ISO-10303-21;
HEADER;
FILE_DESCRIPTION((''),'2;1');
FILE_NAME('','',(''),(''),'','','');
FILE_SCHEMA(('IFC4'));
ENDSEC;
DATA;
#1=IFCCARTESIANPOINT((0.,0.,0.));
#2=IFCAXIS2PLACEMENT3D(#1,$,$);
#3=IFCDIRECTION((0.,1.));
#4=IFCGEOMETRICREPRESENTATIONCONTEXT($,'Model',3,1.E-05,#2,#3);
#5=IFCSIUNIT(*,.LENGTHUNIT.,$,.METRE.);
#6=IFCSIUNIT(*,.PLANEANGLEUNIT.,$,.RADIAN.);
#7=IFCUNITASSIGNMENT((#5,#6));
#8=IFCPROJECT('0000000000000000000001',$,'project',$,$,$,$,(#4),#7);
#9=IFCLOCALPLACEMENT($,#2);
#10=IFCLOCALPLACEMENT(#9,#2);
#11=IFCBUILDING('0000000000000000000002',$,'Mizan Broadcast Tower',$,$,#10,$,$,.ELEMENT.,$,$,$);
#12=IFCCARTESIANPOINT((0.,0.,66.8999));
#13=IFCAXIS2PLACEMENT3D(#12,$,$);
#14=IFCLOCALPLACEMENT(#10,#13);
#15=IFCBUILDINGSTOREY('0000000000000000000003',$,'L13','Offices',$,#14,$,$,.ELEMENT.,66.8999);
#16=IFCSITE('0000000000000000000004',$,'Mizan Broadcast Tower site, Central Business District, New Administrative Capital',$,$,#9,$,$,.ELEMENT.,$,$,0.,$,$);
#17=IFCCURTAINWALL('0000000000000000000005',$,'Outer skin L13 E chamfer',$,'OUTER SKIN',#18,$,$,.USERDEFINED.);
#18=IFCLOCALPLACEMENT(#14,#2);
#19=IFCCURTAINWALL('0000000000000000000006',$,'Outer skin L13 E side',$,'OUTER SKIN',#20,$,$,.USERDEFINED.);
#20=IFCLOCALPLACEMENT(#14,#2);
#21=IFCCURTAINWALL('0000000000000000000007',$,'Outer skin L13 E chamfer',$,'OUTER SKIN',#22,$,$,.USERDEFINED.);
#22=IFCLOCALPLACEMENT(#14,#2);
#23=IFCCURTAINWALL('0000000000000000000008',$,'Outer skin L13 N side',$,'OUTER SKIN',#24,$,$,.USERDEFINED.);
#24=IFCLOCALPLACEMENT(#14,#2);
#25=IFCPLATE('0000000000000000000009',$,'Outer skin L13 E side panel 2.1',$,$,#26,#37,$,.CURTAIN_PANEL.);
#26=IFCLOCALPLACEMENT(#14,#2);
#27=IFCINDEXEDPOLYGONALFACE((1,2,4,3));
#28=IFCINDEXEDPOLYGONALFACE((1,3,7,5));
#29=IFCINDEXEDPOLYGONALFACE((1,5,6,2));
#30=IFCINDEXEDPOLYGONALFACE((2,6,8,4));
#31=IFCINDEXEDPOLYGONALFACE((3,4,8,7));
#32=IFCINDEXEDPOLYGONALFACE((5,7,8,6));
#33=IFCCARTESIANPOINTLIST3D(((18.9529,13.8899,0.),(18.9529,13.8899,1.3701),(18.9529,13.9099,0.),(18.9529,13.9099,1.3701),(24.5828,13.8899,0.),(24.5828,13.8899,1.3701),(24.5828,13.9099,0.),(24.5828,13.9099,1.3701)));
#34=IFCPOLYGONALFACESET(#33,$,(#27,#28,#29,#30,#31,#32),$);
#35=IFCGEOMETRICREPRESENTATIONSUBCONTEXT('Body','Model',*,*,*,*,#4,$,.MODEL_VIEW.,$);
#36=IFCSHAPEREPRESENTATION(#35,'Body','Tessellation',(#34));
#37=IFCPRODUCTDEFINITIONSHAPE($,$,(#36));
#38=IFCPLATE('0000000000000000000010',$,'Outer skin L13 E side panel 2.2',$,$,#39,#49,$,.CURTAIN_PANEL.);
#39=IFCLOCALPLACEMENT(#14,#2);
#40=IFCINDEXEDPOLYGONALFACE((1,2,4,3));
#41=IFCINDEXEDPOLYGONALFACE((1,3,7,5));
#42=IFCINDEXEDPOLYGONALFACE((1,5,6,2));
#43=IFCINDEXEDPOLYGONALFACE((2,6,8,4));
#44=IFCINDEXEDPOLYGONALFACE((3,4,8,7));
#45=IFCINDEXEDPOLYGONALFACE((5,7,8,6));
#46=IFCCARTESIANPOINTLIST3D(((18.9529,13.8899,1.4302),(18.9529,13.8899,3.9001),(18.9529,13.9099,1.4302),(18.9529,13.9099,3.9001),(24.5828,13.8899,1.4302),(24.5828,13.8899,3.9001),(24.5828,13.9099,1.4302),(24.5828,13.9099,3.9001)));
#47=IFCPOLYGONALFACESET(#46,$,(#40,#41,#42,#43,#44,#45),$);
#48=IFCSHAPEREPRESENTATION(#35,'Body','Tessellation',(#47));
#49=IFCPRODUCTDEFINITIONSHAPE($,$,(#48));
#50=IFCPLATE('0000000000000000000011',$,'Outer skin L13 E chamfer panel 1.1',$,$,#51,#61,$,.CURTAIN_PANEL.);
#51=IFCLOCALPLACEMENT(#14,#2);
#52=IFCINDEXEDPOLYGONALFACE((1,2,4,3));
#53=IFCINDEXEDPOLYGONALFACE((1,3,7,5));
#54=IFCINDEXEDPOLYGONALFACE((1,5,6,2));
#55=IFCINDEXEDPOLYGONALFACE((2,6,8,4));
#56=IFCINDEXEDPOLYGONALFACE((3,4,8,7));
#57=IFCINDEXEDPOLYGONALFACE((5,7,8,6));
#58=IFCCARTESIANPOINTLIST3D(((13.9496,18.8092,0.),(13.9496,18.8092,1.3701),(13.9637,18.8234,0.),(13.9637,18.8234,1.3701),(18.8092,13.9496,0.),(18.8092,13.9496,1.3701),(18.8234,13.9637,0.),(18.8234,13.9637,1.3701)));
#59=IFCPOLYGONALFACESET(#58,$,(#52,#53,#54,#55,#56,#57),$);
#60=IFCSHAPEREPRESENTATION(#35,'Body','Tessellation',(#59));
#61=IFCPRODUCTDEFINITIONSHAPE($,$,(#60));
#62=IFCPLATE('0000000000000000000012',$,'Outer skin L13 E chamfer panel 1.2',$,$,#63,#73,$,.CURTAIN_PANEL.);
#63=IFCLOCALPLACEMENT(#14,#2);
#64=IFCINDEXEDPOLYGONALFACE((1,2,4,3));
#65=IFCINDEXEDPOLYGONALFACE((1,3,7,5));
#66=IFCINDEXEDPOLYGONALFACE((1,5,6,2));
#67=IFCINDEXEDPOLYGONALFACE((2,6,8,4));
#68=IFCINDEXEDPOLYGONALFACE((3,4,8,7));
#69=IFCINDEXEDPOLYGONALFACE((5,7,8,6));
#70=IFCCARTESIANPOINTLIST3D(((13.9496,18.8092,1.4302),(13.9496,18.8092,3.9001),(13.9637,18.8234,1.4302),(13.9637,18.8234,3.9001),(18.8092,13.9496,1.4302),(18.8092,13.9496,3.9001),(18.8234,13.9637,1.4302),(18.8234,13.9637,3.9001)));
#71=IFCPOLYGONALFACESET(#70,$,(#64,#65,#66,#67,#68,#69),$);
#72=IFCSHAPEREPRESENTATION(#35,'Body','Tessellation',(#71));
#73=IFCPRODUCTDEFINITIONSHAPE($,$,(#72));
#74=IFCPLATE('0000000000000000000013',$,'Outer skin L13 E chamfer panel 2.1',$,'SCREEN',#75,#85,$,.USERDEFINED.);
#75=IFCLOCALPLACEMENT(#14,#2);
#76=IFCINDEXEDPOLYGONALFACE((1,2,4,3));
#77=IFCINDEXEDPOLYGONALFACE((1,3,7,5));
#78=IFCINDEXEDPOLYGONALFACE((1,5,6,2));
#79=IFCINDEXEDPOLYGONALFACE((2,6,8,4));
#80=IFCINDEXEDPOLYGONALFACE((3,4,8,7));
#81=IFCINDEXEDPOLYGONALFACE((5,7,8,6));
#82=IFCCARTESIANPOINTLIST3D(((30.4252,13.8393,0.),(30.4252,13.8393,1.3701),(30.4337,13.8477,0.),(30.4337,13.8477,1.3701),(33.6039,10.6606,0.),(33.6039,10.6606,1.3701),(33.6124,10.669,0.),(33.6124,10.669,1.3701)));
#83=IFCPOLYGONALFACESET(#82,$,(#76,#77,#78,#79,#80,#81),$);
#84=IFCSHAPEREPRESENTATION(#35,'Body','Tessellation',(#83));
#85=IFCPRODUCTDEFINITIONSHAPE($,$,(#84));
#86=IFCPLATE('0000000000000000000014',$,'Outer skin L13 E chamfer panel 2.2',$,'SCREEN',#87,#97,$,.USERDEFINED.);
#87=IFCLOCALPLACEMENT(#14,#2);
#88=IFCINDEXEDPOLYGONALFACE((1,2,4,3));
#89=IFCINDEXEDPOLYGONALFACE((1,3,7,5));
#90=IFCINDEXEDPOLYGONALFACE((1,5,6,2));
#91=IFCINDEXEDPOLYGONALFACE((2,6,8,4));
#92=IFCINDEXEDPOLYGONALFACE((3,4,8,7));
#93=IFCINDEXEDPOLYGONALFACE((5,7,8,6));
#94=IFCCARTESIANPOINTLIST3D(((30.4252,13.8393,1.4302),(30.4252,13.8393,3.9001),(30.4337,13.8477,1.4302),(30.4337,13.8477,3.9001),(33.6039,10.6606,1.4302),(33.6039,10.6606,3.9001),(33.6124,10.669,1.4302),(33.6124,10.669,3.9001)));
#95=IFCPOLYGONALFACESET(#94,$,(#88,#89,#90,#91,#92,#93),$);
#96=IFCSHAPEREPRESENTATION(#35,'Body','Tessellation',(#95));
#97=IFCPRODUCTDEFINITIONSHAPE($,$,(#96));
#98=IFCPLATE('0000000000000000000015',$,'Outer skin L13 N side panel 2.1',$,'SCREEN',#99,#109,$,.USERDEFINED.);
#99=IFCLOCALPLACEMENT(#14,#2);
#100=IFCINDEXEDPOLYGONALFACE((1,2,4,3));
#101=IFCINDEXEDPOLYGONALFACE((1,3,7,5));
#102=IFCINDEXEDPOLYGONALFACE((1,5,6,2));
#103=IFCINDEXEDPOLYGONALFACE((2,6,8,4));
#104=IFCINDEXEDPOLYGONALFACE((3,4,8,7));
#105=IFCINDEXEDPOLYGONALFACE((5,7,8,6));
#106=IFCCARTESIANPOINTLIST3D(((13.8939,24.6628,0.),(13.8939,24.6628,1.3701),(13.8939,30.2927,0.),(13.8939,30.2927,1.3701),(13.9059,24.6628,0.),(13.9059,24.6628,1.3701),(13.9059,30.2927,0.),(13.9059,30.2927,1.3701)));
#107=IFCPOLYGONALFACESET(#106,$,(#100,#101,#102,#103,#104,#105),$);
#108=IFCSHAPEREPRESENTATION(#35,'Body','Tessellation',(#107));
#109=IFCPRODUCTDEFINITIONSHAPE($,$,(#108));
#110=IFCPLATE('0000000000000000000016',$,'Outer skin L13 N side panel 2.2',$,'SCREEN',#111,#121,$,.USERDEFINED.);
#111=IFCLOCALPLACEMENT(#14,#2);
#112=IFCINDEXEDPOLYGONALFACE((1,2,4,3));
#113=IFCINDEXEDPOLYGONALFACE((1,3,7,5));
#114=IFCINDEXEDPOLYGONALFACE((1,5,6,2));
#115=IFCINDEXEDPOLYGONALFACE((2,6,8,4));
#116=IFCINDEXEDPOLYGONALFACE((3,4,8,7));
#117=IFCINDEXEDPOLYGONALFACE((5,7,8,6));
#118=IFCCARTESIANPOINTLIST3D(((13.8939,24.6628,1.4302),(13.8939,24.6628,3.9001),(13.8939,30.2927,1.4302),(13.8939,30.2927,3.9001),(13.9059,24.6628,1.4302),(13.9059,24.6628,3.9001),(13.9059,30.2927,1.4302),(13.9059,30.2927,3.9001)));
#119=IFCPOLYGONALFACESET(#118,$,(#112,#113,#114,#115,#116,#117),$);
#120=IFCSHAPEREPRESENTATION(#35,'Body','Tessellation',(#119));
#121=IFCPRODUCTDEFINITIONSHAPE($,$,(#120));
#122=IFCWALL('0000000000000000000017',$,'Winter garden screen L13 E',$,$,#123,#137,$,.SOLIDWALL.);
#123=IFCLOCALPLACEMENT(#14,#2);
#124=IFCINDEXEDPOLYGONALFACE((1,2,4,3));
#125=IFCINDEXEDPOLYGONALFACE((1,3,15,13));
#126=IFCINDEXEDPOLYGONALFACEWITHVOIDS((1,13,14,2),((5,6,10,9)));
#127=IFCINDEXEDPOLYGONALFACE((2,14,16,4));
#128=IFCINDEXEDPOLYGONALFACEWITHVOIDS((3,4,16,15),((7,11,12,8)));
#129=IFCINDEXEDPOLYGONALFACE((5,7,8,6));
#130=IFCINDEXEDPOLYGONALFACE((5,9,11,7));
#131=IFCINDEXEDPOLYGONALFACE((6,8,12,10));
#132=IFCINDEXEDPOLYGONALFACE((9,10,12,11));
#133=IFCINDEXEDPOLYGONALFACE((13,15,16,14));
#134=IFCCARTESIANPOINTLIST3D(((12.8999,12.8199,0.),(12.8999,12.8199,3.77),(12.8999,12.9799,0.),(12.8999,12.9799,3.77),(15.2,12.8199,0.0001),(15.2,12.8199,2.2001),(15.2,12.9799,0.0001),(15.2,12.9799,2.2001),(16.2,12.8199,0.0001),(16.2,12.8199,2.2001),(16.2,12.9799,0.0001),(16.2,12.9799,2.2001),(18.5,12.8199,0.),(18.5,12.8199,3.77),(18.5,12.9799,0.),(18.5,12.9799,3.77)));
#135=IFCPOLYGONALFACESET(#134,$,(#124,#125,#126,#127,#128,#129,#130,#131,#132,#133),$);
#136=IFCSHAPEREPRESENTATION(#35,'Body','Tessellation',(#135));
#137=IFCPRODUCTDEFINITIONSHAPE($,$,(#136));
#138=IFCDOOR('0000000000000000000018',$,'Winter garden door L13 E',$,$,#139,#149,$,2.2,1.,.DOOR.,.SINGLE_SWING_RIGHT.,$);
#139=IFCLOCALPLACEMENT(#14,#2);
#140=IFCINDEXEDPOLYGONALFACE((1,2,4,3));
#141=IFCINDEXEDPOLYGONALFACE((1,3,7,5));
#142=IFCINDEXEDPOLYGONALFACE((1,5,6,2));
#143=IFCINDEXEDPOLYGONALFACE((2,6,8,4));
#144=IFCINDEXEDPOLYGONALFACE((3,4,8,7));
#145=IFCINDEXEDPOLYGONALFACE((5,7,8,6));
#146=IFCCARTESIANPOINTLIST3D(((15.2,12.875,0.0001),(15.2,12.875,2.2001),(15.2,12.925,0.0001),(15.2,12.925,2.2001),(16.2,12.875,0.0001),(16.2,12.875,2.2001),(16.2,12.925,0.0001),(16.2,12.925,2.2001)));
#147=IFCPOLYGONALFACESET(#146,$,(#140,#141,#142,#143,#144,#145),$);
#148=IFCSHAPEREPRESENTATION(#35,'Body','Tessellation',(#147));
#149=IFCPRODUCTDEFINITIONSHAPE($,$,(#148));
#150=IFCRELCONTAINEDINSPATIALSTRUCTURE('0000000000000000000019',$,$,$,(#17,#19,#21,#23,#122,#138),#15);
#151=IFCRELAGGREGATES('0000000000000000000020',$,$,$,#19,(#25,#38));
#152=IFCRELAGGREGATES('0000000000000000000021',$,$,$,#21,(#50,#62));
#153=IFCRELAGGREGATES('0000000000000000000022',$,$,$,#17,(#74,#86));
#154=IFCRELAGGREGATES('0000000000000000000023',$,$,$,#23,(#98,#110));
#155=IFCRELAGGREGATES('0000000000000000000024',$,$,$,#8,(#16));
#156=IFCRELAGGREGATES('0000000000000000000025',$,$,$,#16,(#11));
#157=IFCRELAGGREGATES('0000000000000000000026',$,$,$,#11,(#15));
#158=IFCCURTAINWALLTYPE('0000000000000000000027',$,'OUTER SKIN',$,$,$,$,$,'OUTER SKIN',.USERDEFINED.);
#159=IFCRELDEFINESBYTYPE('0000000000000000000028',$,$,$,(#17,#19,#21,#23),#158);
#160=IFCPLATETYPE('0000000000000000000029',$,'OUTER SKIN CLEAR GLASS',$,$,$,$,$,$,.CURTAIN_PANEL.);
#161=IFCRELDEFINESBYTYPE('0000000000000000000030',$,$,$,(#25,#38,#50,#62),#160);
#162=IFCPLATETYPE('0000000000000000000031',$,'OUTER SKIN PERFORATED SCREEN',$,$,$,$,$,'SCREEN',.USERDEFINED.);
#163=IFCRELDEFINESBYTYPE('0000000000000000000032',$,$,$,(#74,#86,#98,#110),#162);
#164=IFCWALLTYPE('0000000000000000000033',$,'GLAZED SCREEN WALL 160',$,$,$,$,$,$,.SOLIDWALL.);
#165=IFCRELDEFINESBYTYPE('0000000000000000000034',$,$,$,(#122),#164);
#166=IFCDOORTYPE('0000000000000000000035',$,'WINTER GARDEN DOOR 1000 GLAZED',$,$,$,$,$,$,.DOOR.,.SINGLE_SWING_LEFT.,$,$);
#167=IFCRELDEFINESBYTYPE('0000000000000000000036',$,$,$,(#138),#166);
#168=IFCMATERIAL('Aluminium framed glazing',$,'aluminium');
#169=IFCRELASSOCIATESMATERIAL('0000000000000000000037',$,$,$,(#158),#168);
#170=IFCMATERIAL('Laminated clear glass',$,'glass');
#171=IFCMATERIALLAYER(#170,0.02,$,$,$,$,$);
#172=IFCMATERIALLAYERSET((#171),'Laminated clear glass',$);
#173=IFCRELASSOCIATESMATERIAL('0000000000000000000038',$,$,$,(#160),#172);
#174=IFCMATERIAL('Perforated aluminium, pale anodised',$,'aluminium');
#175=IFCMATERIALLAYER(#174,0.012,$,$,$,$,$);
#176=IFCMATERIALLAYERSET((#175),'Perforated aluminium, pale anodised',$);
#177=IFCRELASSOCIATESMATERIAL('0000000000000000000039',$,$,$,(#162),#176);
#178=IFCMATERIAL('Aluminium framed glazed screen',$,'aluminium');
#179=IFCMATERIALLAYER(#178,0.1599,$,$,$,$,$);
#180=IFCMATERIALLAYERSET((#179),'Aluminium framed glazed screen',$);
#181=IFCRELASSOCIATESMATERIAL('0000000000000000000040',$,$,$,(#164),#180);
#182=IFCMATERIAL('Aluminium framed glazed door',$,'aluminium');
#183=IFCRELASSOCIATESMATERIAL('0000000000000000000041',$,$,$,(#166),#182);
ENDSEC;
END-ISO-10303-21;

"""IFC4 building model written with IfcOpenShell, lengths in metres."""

from ifc_helpers import new_model, si_unit, direction, frame, frame_2d, origin, origin_2d, place, context, subcontext, project, spatial, rectangle, extrude, material, layer, layer_set, type_object, element, fill, aggregate, save


model = new_model("IFC4")

# Units and contexts
model_context = context("Model", 3, precision=1e-05, world=origin(), true_north=direction((0.0, 1.0)))
body_context = subcontext(model_context, "Body", "Model", "MODEL_VIEW")
ifc_project = project(units=[si_unit("LENGTHUNIT", "METRE"), si_unit("PLANEANGLEUNIT", "RADIAN")], contexts=[model_context])

# Site, building, storey
site_placement = place(None, origin())
site = spatial("IfcSite", under=ifc_project, at=site_placement, Name="Mizan Broadcast Tower site, Central Business District, New Administrative Capital", CompositionType="ELEMENT", RefElevation=0.0)
building_placement = place(site_placement, origin())
building = spatial("IfcBuilding", under=site, at=building_placement, Name="Mizan Broadcast Tower", CompositionType="ELEMENT")
storey_placement = place(building_placement, frame((0.0, 0.0, 66.8999)))
storey = spatial("IfcBuildingStorey", under=building, at=storey_placement, Name="L13", Description="Offices", CompositionType="ELEMENT", Elevation=66.8999)

# Curtain wall
ifc_material_1 = material(Name="Aluminium framed glazing", Category="aluminium")
curtain_wall_type_1 = type_object("IfcCurtainWallType", Name="OUTER SKIN", ElementType="OUTER SKIN", PredefinedType="USERDEFINED", material=ifc_material_1)
curtain_wall_1_placement = place(storey_placement, origin())
curtain_wall_1 = element("IfcCurtainWall", 1, at=curtain_wall_1_placement, inside=storey, type_object=curtain_wall_type_1, Name="Outer skin L13 E chamfer", ObjectType="OUTER SKIN", PredefinedType="USERDEFINED")

# Curtain wall
curtain_wall_2_placement = place(storey_placement, origin())
curtain_wall_2 = element("IfcCurtainWall", 2, at=curtain_wall_2_placement, inside=storey, type_object=curtain_wall_type_1, Name="Outer skin L13 E side", ObjectType="OUTER SKIN", PredefinedType="USERDEFINED")

# Curtain wall
curtain_wall_3_placement = place(storey_placement, origin())
curtain_wall_3 = element("IfcCurtainWall", 3, at=curtain_wall_3_placement, inside=storey, type_object=curtain_wall_type_1, Name="Outer skin L13 E chamfer", ObjectType="OUTER SKIN", PredefinedType="USERDEFINED")

# Curtain wall
curtain_wall_4_placement = place(storey_placement, origin())
curtain_wall_4 = element("IfcCurtainWall", 4, at=curtain_wall_4_placement, inside=storey, type_object=curtain_wall_type_1, Name="Outer skin L13 N side", ObjectType="OUTER SKIN", PredefinedType="USERDEFINED")

# Plates
ifc_material_2 = material(Name="Laminated clear glass", Category="glass")
ifc_layer_1 = layer(ifc_material_2, 0.02)
ifc_layer_set_1 = layer_set([ifc_layer_1], Name="Laminated clear glass")
plate_type_1 = type_object("IfcPlateType", Name="OUTER SKIN CLEAR GLASS", PredefinedType="CURTAIN_PANEL", material=ifc_layer_set_1)
plate_1_placement = place(storey_placement, frame((21.7678, 13.8999, 0.0), z_axis=(0.0, 0.0, 1.0), x_axis=(-1.0, 0.0, 0.0)))
plate_1 = element("IfcPlate", 5, at=plate_1_placement, type_object=plate_type_1, Name="Outer skin L13 E side panel 2.1", PredefinedType="CURTAIN_PANEL", context=body_context, shape_type="SweptSolid", body=[
    extrude(rectangle(XDim=5.6299, YDim=0.02, at=origin_2d()), origin(), (0.0, 0.0, 1.0), 1.3701),
])
plate_2_placement = place(storey_placement, frame((21.7678, 13.8999, 1.4302), z_axis=(0.0, 0.0, 1.0), x_axis=(-1.0, 0.0, 0.0)))
plate_2 = element("IfcPlate", 6, at=plate_2_placement, type_object=plate_type_1, Name="Outer skin L13 E side panel 2.2", PredefinedType="CURTAIN_PANEL", context=body_context, shape_type="SweptSolid", body=[
    extrude(rectangle(XDim=5.6299, YDim=0.02, at=origin_2d()), origin(), (0.0, 0.0, 1.0), 2.47),
])
aggregate(curtain_wall_2, [plate_1, plate_2])
plate_3_placement = place(storey_placement, frame((16.3865, 16.3865, 0.0), z_axis=(0.0, 0.0, 1.0), x_axis=(-0.707107, 0.707107, 0.0)))
plate_3 = element("IfcPlate", 7, at=plate_3_placement, type_object=plate_type_1, Name="Outer skin L13 E chamfer panel 1.1", PredefinedType="CURTAIN_PANEL", context=body_context, shape_type="SweptSolid", body=[
    extrude(rectangle(XDim=6.8726, YDim=0.02, at=origin_2d()), origin(), (0.0, 0.0, 1.0), 1.3701),
])
plate_4_placement = place(storey_placement, frame((16.3865, 16.3865, 1.4302), z_axis=(0.0, 0.0, 1.0), x_axis=(-0.707107, 0.707107, 0.0)))
plate_4 = element("IfcPlate", 8, at=plate_4_placement, type_object=plate_type_1, Name="Outer skin L13 E chamfer panel 1.2", PredefinedType="CURTAIN_PANEL", context=body_context, shape_type="SweptSolid", body=[
    extrude(rectangle(XDim=6.8726, YDim=0.02, at=origin_2d()), origin(), (0.0, 0.0, 1.0), 2.47),
])
aggregate(curtain_wall_3, [plate_3, plate_4])
ifc_material_3 = material(Name="Perforated aluminium, pale anodised", Category="aluminium")
ifc_layer_2 = layer(ifc_material_3, 0.012)
ifc_layer_set_2 = layer_set([ifc_layer_2], Name="Perforated aluminium, pale anodised")
plate_type_2 = type_object("IfcPlateType", Name="OUTER SKIN PERFORATED SCREEN", ElementType="SCREEN", PredefinedType="USERDEFINED", material=ifc_layer_set_2)
plate_5_placement = place(storey_placement, frame((32.0188, 12.2542, 0.0), z_axis=(0.0, 0.0, 1.0), x_axis=(-0.707107, 0.707107, 0.0)))
plate_5 = element("IfcPlate", 9, at=plate_5_placement, type_object=plate_type_2, Name="Outer skin L13 E chamfer panel 2.1", ObjectType="SCREEN", PredefinedType="USERDEFINED", context=body_context, shape_type="SweptSolid", body=[
    extrude(rectangle(XDim=4.4954, YDim=0.012, at=origin_2d()), origin(), (0.0, 0.0, 1.0), 1.3701),
])
plate_6_placement = place(storey_placement, frame((32.0188, 12.2542, 1.4302), z_axis=(0.0, 0.0, 1.0), x_axis=(-0.707107, 0.707107, 0.0)))
plate_6 = element("IfcPlate", 10, at=plate_6_placement, type_object=plate_type_2, Name="Outer skin L13 E chamfer panel 2.2", ObjectType="SCREEN", PredefinedType="USERDEFINED", context=body_context, shape_type="SweptSolid", body=[
    extrude(rectangle(XDim=4.4954, YDim=0.012, at=origin_2d()), origin(), (0.0, 0.0, 1.0), 2.47),
])
aggregate(curtain_wall_1, [plate_5, plate_6])
plate_7_placement = place(storey_placement, frame((13.8999, 27.4778, 0.0), z_axis=(0.0, 0.0, 1.0), x_axis=(0.0, 1.0, 0.0)))
plate_7 = element("IfcPlate", 11, at=plate_7_placement, type_object=plate_type_2, Name="Outer skin L13 N side panel 2.1", ObjectType="SCREEN", PredefinedType="USERDEFINED", context=body_context, shape_type="SweptSolid", body=[
    extrude(rectangle(XDim=5.6299, YDim=0.012, at=origin_2d()), origin(), (0.0, 0.0, 1.0), 1.3701),
])
plate_8_placement = place(storey_placement, frame((13.8999, 27.4778, 1.4302), z_axis=(0.0, 0.0, 1.0), x_axis=(0.0, 1.0, 0.0)))
plate_8 = element("IfcPlate", 12, at=plate_8_placement, type_object=plate_type_2, Name="Outer skin L13 N side panel 2.2", ObjectType="SCREEN", PredefinedType="USERDEFINED", context=body_context, shape_type="SweptSolid", body=[
    extrude(rectangle(XDim=5.6299, YDim=0.012, at=origin_2d()), origin(), (0.0, 0.0, 1.0), 2.47),
])
aggregate(curtain_wall_4, [plate_7, plate_8])

# Wall, opening, door
ifc_material_4 = material(Name="Aluminium framed glazed screen", Category="aluminium")
ifc_layer_3 = layer(ifc_material_4, 0.1599)
ifc_layer_set_3 = layer_set([ifc_layer_3], Name="Aluminium framed glazed screen")
wall_type = type_object("IfcWallType", Name="GLAZED SCREEN WALL 160", PredefinedType="SOLIDWALL", material=ifc_layer_set_3)
wall_placement = place(storey_placement, frame((18.5, 12.8999, 0.0), z_axis=(0.0, 0.0, 1.0), x_axis=(-1.0, 0.0, 0.0)))
wall = element("IfcWall", 13, at=wall_placement, inside=storey, type_object=wall_type, Name="Winter garden screen L13 E", PredefinedType="SOLIDWALL", context=body_context, shape_type="SweptSolid", body=[
    extrude(rectangle(XDim=5.6001, YDim=0.1599, at=frame_2d((2.8, 0.0))), origin(), (0.0, 0.0, 1.0), 3.77),
])
opening_placement = place(wall_placement, frame((2.3, 0.0, 0.0)))
opening = element("IfcOpeningElement", 14, at=opening_placement, cuts=wall, PredefinedType="OPENING", context=body_context, shape_type="SweptSolid", body=[
    extrude(rectangle(XDim=1.0, YDim=2.2, at=frame_2d((0.5, 1.1001))), frame((0.0, 0.0898, 0.0), z_axis=(0.0, -1.0, 0.0), x_axis=(1.0, 0.0, 0.0)), (0.0, 0.0, 1.0), 0.1799),
])
ifc_material_5 = material(Name="Aluminium framed glazed door", Category="aluminium")
door_type = type_object("IfcDoorType", Name="WINTER GARDEN DOOR 1000 GLAZED", OperationType="SINGLE_SWING_LEFT", PredefinedType="DOOR", material=ifc_material_5)
door_placement = place(opening_placement, origin())
door = element("IfcDoor", 15, at=door_placement, inside=storey, type_object=door_type, Name="Winter garden door L13 E", OperationType="SINGLE_SWING_RIGHT", OverallHeight=2.2, OverallWidth=1.0, PredefinedType="DOOR", context=body_context, shape_type="SweptSolid", body=[
    extrude(rectangle(XDim=1.0, YDim=2.2, at=frame_2d((0.5, 1.1001))), frame((0.0, 0.0249, 0.0), z_axis=(0.0, -1.0, 0.0), x_axis=(1.0, 0.0, 0.0)), (0.0, 0.0, 1.0), 0.05),
])
fill(opening, door)

save(model, "model.ifc")
